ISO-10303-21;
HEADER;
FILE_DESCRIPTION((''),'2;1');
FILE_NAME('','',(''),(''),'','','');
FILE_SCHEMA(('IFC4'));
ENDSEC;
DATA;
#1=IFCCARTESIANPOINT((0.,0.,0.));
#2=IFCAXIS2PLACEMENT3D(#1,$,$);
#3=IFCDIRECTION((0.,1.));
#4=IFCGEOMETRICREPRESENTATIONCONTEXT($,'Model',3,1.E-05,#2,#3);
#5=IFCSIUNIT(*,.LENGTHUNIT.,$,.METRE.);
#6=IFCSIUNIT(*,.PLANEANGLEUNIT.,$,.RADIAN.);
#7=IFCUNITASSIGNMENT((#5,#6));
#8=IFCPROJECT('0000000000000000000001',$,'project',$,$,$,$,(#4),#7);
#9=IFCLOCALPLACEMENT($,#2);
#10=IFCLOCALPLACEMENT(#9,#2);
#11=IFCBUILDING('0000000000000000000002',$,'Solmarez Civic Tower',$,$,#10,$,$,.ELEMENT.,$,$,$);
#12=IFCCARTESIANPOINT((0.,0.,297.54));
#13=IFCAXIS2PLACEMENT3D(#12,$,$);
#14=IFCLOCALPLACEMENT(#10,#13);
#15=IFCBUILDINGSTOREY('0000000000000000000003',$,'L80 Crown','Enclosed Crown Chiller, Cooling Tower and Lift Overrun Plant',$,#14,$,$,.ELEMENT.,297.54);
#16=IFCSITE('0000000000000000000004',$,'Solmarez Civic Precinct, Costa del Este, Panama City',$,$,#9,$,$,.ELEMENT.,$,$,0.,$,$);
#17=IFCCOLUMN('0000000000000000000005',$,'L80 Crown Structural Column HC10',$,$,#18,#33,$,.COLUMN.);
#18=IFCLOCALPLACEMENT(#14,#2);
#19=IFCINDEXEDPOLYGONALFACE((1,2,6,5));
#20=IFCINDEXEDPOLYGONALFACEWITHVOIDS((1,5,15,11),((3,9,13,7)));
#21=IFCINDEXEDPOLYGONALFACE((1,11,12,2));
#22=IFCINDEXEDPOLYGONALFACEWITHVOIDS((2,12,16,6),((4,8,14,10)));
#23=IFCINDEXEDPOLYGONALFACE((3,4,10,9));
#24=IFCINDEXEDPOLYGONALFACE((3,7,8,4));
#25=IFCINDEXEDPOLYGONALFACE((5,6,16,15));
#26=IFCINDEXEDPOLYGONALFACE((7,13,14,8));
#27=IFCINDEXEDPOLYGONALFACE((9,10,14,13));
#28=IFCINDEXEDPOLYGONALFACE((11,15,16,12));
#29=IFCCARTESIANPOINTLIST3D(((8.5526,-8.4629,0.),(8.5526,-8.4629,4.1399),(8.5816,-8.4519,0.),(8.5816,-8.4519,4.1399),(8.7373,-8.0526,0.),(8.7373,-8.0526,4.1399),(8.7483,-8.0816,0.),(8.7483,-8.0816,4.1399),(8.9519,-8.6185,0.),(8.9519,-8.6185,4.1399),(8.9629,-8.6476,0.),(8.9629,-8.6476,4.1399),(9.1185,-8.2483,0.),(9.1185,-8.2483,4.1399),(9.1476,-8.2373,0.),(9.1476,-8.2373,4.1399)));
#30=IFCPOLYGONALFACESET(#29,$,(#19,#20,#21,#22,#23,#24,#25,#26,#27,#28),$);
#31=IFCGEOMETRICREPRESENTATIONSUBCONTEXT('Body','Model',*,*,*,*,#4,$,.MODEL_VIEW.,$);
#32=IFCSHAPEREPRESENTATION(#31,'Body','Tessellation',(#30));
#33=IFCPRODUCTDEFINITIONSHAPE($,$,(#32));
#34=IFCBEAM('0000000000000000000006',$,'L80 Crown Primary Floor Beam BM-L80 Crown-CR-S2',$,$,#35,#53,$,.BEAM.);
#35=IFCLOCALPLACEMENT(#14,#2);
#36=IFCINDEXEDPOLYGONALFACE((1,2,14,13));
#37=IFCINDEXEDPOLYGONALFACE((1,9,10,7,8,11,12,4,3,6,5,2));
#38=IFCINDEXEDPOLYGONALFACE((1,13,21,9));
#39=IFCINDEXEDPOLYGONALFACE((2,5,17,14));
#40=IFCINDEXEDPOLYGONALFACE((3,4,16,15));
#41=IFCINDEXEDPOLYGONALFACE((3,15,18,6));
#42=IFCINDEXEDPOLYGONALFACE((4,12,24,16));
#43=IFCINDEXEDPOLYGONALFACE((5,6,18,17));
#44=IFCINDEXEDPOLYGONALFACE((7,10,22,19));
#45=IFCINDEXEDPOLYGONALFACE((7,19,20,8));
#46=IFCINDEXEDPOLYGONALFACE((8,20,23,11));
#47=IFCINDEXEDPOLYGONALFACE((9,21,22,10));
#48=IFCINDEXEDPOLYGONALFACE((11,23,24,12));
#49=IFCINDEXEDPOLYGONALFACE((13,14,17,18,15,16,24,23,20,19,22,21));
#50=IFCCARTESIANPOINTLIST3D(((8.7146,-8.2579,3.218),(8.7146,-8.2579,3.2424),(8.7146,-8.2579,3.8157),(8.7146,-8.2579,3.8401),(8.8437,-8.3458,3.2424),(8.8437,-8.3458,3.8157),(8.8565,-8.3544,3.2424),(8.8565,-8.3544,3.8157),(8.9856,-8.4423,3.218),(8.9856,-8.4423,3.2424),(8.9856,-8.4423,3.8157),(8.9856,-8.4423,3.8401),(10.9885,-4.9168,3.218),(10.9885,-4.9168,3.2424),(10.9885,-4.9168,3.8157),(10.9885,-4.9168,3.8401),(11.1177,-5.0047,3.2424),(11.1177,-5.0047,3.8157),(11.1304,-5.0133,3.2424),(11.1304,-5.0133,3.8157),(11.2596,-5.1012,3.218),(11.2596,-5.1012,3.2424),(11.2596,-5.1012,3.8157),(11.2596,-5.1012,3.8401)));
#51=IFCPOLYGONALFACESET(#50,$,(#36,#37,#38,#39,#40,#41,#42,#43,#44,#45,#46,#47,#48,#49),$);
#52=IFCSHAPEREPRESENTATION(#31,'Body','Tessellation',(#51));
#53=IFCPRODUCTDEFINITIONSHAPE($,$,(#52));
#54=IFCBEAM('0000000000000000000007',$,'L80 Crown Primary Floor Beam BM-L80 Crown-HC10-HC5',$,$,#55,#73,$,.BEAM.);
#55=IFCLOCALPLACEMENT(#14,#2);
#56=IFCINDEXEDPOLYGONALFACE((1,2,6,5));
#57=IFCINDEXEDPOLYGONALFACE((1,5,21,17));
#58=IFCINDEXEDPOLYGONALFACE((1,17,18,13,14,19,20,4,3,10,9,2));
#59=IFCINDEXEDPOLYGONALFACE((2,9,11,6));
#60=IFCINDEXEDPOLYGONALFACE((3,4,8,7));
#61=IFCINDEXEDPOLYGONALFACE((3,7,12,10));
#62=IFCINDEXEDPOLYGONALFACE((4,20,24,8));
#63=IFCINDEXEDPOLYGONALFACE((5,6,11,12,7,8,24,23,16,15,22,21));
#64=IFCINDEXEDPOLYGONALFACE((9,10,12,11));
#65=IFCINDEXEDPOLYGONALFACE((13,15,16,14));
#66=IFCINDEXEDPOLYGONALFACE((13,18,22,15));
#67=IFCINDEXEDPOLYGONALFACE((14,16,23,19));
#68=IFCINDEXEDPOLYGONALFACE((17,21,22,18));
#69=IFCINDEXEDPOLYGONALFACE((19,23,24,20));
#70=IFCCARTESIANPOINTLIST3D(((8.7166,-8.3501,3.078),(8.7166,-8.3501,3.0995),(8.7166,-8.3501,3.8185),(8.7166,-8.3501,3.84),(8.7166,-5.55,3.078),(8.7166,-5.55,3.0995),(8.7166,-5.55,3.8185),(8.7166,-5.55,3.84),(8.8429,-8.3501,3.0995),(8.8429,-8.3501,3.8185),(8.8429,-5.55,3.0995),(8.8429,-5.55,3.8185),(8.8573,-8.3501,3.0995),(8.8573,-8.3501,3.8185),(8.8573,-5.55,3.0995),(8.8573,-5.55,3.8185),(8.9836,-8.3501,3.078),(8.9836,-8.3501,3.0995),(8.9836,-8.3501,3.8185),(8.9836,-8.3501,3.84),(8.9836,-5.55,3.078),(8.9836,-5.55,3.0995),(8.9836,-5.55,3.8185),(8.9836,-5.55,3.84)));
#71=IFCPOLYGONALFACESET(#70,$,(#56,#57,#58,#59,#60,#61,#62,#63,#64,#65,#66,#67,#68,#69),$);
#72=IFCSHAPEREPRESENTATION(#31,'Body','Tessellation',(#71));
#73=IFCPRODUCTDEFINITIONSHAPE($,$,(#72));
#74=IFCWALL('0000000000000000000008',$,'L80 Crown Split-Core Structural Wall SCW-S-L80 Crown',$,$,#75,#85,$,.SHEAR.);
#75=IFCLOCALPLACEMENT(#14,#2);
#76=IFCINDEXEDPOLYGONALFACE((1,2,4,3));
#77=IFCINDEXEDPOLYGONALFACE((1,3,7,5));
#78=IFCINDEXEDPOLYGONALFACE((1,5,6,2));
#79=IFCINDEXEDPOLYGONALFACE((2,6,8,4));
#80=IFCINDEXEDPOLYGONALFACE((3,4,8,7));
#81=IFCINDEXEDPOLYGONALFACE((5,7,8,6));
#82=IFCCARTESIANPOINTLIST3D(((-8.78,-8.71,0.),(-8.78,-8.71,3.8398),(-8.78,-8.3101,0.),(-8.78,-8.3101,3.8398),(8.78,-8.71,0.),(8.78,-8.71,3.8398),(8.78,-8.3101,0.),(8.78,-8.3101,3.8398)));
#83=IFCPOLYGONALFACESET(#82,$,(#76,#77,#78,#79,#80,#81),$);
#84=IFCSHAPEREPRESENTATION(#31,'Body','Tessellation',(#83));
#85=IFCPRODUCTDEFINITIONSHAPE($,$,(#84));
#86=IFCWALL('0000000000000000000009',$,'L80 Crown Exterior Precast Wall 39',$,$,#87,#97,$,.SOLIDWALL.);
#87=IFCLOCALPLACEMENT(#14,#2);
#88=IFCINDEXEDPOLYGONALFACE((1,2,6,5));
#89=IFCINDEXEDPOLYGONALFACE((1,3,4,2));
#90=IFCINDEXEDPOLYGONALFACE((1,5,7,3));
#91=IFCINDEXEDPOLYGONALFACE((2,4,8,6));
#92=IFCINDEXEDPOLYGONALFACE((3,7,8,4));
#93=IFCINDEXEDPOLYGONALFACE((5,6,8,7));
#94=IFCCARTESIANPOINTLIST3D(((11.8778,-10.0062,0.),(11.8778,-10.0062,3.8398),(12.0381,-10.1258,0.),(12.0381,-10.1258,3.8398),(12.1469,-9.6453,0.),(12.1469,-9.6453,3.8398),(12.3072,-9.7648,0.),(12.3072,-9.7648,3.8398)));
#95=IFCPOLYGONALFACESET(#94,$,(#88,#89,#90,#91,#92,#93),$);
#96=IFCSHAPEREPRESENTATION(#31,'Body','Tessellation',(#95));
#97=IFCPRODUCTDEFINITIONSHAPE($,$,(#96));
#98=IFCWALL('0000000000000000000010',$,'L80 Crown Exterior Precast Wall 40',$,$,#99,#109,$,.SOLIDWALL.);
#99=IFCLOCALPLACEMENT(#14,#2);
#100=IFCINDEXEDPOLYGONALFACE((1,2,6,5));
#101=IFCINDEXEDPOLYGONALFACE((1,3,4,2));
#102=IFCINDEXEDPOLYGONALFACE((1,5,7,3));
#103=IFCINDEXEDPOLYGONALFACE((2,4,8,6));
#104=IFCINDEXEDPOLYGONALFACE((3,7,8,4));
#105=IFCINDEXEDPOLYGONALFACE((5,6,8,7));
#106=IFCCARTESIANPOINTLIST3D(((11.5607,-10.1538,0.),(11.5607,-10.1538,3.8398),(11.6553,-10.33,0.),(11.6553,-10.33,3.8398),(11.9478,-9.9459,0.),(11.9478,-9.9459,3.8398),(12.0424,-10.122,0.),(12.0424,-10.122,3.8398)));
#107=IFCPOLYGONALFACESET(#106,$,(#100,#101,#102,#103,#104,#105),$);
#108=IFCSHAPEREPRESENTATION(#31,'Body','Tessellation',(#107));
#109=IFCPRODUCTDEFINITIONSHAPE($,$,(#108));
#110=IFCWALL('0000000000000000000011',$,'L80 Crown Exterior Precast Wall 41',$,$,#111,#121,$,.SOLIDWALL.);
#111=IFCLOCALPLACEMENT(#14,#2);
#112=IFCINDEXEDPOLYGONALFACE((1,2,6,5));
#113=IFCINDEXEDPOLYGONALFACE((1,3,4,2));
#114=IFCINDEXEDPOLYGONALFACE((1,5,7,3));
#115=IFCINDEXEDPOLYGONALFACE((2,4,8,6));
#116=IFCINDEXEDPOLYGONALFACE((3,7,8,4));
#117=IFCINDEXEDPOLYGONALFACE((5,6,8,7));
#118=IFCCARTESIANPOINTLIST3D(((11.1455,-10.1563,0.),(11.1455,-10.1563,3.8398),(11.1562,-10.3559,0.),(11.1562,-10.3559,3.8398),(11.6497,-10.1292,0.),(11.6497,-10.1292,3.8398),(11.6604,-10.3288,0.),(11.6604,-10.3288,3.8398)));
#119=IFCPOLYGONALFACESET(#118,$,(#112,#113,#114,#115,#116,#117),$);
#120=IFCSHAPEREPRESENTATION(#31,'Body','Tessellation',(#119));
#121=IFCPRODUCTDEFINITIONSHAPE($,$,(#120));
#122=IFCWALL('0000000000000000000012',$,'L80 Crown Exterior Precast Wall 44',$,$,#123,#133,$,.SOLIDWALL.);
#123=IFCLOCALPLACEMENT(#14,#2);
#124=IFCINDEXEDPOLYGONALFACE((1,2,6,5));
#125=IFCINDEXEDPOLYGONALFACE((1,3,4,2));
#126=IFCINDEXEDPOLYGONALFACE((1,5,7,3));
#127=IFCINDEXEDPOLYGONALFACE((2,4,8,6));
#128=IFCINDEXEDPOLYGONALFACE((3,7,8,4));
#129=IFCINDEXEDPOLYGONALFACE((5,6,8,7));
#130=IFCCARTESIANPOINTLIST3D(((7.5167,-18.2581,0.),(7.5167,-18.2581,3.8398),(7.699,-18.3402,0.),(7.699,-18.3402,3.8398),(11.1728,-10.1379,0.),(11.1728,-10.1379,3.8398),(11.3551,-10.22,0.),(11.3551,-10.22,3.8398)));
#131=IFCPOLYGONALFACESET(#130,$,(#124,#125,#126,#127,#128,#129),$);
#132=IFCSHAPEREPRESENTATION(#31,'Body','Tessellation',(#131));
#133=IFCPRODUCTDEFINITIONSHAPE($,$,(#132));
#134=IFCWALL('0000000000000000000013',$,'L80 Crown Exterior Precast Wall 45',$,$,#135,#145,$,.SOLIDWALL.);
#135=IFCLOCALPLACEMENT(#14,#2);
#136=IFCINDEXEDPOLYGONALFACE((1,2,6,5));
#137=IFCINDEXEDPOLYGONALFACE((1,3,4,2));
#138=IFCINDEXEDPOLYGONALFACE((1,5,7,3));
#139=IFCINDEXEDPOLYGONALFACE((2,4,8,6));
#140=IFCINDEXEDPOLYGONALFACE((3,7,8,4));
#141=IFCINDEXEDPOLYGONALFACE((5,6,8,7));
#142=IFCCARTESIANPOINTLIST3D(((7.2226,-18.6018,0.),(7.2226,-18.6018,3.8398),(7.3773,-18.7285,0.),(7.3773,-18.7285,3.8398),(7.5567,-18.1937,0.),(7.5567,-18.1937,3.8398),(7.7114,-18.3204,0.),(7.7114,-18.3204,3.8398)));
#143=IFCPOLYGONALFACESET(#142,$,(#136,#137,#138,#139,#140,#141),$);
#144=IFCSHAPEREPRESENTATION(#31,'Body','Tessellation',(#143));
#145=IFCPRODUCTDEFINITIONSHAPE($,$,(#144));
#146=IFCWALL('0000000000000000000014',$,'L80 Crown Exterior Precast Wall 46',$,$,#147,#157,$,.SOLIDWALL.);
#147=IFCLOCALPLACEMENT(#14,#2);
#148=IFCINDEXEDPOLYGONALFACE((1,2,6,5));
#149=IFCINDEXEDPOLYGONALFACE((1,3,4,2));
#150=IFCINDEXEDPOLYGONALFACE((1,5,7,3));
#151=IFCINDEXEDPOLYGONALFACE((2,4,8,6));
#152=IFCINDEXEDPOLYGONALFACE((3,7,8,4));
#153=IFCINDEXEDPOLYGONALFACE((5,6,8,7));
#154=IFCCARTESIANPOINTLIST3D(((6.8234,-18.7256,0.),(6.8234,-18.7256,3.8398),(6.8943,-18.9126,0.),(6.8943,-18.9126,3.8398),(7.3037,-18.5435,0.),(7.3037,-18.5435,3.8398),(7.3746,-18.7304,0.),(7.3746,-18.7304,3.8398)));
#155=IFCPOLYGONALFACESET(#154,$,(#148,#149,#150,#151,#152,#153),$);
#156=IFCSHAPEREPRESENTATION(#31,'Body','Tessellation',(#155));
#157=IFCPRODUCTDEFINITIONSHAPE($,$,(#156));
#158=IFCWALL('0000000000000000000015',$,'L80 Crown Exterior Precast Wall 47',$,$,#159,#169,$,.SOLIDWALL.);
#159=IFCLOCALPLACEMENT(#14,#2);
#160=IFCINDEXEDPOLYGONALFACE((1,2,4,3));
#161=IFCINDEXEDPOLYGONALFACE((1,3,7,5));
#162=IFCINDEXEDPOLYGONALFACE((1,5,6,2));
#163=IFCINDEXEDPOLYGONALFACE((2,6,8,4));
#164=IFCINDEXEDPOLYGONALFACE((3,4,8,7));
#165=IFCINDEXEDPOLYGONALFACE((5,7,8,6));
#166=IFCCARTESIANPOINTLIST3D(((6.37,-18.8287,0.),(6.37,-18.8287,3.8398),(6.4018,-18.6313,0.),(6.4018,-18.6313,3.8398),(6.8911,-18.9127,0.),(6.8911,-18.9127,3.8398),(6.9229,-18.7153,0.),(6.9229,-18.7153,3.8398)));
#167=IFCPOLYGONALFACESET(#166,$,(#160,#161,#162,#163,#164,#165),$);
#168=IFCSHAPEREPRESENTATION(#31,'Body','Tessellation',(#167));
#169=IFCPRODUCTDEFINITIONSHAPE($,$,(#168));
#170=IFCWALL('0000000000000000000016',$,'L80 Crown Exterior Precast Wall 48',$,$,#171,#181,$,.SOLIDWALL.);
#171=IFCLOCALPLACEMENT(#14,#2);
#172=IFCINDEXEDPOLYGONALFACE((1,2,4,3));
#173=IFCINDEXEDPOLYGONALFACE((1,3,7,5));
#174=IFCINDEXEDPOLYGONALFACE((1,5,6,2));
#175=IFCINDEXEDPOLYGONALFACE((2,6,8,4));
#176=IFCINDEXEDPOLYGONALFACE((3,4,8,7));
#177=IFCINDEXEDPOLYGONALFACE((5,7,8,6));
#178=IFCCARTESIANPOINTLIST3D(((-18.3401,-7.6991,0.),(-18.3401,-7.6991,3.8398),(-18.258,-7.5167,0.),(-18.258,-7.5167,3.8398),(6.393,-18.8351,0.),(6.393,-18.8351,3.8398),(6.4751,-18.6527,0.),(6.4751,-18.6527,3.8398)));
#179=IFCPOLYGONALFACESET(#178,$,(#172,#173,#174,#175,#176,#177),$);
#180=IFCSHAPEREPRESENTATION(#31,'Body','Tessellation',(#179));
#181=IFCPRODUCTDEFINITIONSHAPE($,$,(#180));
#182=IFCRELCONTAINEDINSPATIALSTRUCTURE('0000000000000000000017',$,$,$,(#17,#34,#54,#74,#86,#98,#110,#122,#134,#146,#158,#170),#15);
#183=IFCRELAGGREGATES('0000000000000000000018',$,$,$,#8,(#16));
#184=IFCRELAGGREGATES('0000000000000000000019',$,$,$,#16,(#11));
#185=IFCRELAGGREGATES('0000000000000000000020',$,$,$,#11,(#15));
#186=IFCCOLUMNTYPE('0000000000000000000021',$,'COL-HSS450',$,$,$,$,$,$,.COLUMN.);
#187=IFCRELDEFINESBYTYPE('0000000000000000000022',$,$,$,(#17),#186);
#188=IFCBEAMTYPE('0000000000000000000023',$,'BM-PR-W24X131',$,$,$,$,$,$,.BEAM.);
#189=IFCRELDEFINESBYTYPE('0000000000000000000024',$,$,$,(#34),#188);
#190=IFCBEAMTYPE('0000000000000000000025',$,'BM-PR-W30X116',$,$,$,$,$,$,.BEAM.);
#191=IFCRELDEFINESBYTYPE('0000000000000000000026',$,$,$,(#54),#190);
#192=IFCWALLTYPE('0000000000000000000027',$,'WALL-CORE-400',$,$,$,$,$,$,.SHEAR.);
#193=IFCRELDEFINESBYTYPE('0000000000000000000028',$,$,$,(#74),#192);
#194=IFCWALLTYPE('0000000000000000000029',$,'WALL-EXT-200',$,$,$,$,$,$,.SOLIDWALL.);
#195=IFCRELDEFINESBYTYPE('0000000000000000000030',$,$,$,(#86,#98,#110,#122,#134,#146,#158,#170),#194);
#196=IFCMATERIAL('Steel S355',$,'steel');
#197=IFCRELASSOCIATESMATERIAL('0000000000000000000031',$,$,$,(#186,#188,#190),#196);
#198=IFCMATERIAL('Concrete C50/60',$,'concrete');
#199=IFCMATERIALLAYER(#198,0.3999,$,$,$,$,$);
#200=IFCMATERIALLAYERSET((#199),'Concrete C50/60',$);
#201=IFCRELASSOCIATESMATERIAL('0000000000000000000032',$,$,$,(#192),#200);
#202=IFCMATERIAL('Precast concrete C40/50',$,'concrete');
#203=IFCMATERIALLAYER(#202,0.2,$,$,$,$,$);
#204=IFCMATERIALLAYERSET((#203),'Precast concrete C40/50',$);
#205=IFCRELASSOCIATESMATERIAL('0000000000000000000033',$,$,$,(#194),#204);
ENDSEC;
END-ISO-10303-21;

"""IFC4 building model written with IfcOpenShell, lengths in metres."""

from ifc_helpers import new_model, si_unit, direction, frame, frame_2d, origin, origin_2d, place, context, subcontext, project, spatial, rectangle, hollow_rectangle, i_section, extrude, material, layer, layer_set, material_profile, profile_set, type_object, element, save


model = new_model("IFC4")

# Units and contexts
model_context = context("Model", 3, precision=1e-05, world=origin(), true_north=direction((0.0, 1.0)))
body_context = subcontext(model_context, "Body", "Model", "MODEL_VIEW")
ifc_project = project(units=[si_unit("LENGTHUNIT", "METRE"), si_unit("PLANEANGLEUNIT", "RADIAN")], contexts=[model_context])

# Site, building, storey
site_placement = place(None, origin())
site = spatial("IfcSite", under=ifc_project, at=site_placement, Name="Solmarez Civic Precinct, Costa del Este, Panama City", CompositionType="ELEMENT", RefElevation=0.0)
building_placement = place(site_placement, origin())
building = spatial("IfcBuilding", under=site, at=building_placement, Name="Solmarez Civic Tower", CompositionType="ELEMENT")
storey_placement = place(building_placement, frame((0.0, 0.0, 297.54)))
storey = spatial("IfcBuildingStorey", under=building, at=storey_placement, Name="L80 Crown", Description="Enclosed Crown Chiller, Cooling Tower and Lift Overrun Plant", CompositionType="ELEMENT", Elevation=297.54)

# Column
ifc_material_1 = material(Name="Steel S355", Category="steel")
ifc_material_profile_1 = material_profile(ifc_material_1, hollow_rectangle(XDim=0.45, YDim=0.45, WallThickness=0.022, at=origin_2d()), Name="HSS450X450X22")
ifc_profile_set_1 = profile_set([ifc_material_profile_1], Name="Steel S355")
column_type = type_object("IfcColumnType", Name="COL-HSS450", PredefinedType="COLUMN", material=ifc_profile_set_1)
column_placement = place(storey_placement, frame((8.8501, -8.3501, 0.0), z_axis=(0.0, 0.0, 1.0), x_axis=(0.41056, 0.911834, 0.0)))
element("IfcColumn", 1, at=column_placement, inside=storey, type_object=column_type, Name="L80 Crown Structural Column HC10", PredefinedType="COLUMN", context=body_context, shape_type="SweptSolid", body=[
    extrude(hollow_rectangle(XDim=0.45, YDim=0.45, WallThickness=0.022, at=origin_2d()), origin(), (0.0, 0.0, 1.0), 4.1399),
])

# Beams
ifc_material_profile_2 = material_profile(ifc_material_1, i_section(OverallWidth=0.3279, OverallDepth=0.6221, WebThickness=0.0154, FlangeThickness=0.0244, at=origin_2d()), Name="W24X131")
ifc_profile_set_2 = profile_set([ifc_material_profile_2], Name="Steel S355")
beam_type_1 = type_object("IfcBeamType", Name="BM-PR-W24X131", PredefinedType="BEAM", material=ifc_profile_set_2)
beam_1_placement = place(storey_placement, frame((8.8501, -8.3501, 3.5291), z_axis=(0.562649, 0.826696, 0.0), x_axis=(-0.826696, 0.562649, 0.0)))
element("IfcBeam", 2, at=beam_1_placement, inside=storey, type_object=beam_type_1, Name="L80 Crown Primary Floor Beam BM-L80 Crown-CR-S2", PredefinedType="BEAM", context=body_context, shape_type="SweptSolid", body=[
    extrude(i_section(OverallWidth=0.3279, OverallDepth=0.6221, WebThickness=0.0154, FlangeThickness=0.0244, at=origin_2d()), origin(), (0.0, 0.0, 1.0), 4.0415),
])
ifc_material_profile_3 = material_profile(ifc_material_1, i_section(OverallWidth=0.2671, OverallDepth=0.762, WebThickness=0.0144, FlangeThickness=0.0215, at=origin_2d()), Name="W30X116")
ifc_profile_set_3 = profile_set([ifc_material_profile_3], Name="Steel S355")
beam_type_2 = type_object("IfcBeamType", Name="BM-PR-W30X116", PredefinedType="BEAM", material=ifc_profile_set_3)
beam_2_placement = place(storey_placement, frame((8.8501, -8.3501, 3.459), z_axis=(0.0, 1.0, 0.0), x_axis=(-1.0, 0.0, 0.0)))
element("IfcBeam", 3, at=beam_2_placement, inside=storey, type_object=beam_type_2, Name="L80 Crown Primary Floor Beam BM-L80 Crown-HC10-HC5", PredefinedType="BEAM", context=body_context, shape_type="SweptSolid", body=[
    extrude(i_section(OverallWidth=0.2671, OverallDepth=0.762, WebThickness=0.0144, FlangeThickness=0.0215, at=origin_2d()), origin(), (0.0, 0.0, 1.0), 2.8),
])

# Walls
ifc_material_2 = material(Name="Concrete C50/60", Category="concrete")
ifc_layer_1 = layer(ifc_material_2, 0.3999)
ifc_layer_set_1 = layer_set([ifc_layer_1], Name="Concrete C50/60")
wall_type_1 = type_object("IfcWallType", Name="WALL-CORE-400", PredefinedType="SHEAR", material=ifc_layer_set_1)
wall_1_placement = place(storey_placement, frame((8.78, -8.51, 0.0), z_axis=(0.0, 0.0, 1.0), x_axis=(-1.0, 0.0, 0.0)))
element("IfcWall", 4, at=wall_1_placement, inside=storey, type_object=wall_type_1, Name="L80 Crown Split-Core Structural Wall SCW-S-L80 Crown", PredefinedType="SHEAR", context=body_context, shape_type="SweptSolid", body=[
    extrude(rectangle(XDim=17.5601, YDim=0.3999, at=frame_2d((8.78, 0.0))), origin(), (0.0, 0.0, 1.0), 3.8398),
])
ifc_material_3 = material(Name="Precast concrete C40/50", Category="concrete")
ifc_layer_2 = layer(ifc_material_3, 0.2)
ifc_layer_set_2 = layer_set([ifc_layer_2], Name="Precast concrete C40/50")
wall_type_2 = type_object("IfcWallType", Name="WALL-EXT-200", PredefinedType="SOLIDWALL", material=ifc_layer_set_2)
wall_2_placement = place(storey_placement, frame((12.2271, -9.7051, 0.0), z_axis=(0.0, 0.0, 1.0), x_axis=(-0.597741, -0.801689, 0.0)))
element("IfcWall", 5, at=wall_2_placement, inside=storey, type_object=wall_type_2, Name="L80 Crown Exterior Precast Wall 39", PredefinedType="SOLIDWALL", context=body_context, shape_type="SweptSolid", body=[
    extrude(rectangle(XDim=0.4502, YDim=0.2, at=frame_2d((0.2251, 0.0))), origin(), (0.0, 0.0, 1.0), 3.8398),
])
wall_3_placement = place(storey_placement, frame((11.9951, -10.0339, 0.0), z_axis=(0.0, 0.0, 1.0), x_axis=(-0.880934, -0.473238, 0.0)))
element("IfcWall", 6, at=wall_3_placement, inside=storey, type_object=wall_type_2, Name="L80 Crown Exterior Precast Wall 40", PredefinedType="SOLIDWALL", context=body_context, shape_type="SweptSolid", body=[
    extrude(rectangle(XDim=0.4395, YDim=0.2, at=frame_2d((0.2197, 0.0))), origin(), (0.0, 0.0, 1.0), 3.8398),
])
wall_4_placement = place(storey_placement, frame((11.655, -10.229, 0.0), z_axis=(0.0, 0.0, 1.0), x_axis=(-0.998558, -0.053676, 0.0)))
element("IfcWall", 7, at=wall_4_placement, inside=storey, type_object=wall_type_2, Name="L80 Crown Exterior Precast Wall 41", PredefinedType="SOLIDWALL", context=body_context, shape_type="SweptSolid", body=[
    extrude(rectangle(XDim=0.5049, YDim=0.2, at=frame_2d((0.2524, 0.0))), origin(), (0.0, 0.0, 1.0), 3.8398),
])
wall_5_placement = place(storey_placement, frame((11.2639, -10.179, 0.0), z_axis=(0.0, 0.0, 1.0), x_axis=(-0.410547, -0.911839, 0.0)))
element("IfcWall", 8, at=wall_5_placement, inside=storey, type_object=wall_type_2, Name="L80 Crown Exterior Precast Wall 44", PredefinedType="SOLIDWALL", context=body_context, shape_type="SweptSolid", body=[
    extrude(rectangle(XDim=8.9053, YDim=0.2, at=frame_2d((4.4526, 0.0))), origin(), (0.0, 0.0, 1.0), 3.8398),
])
wall_6_placement = place(storey_placement, frame((7.634, -18.2571, 0.0), z_axis=(0.0, 0.0, 1.0), x_axis=(-0.633465, -0.773772, 0.0)))
element("IfcWall", 9, at=wall_6_placement, inside=storey, type_object=wall_type_2, Name="L80 Crown Exterior Precast Wall 45", PredefinedType="SOLIDWALL", context=body_context, shape_type="SweptSolid", body=[
    extrude(rectangle(XDim=0.5273, YDim=0.2, at=frame_2d((0.2637, 0.0))), origin(), (0.0, 0.0, 1.0), 3.8398),
])
wall_7_placement = place(storey_placement, frame((7.3391, -18.637, 0.0), z_axis=(0.0, 0.0, 1.0), x_axis=(-0.935014, -0.354611, 0.0)))
element("IfcWall", 10, at=wall_7_placement, inside=storey, type_object=wall_type_2, Name="L80 Crown Exterior Precast Wall 46", PredefinedType="SOLIDWALL", context=body_context, shape_type="SweptSolid", body=[
    extrude(rectangle(XDim=0.5137, YDim=0.2, at=frame_2d((0.2568, 0.0))), origin(), (0.0, 0.0, 1.0), 3.8398),
])
wall_8_placement = place(storey_placement, frame((6.907, -18.814, 0.0), z_axis=(0.0, 0.0, 1.0), x_axis=(-0.987255, 0.159145, 0.0)))
element("IfcWall", 11, at=wall_8_placement, inside=storey, type_object=wall_type_2, Name="L80 Crown Exterior Precast Wall 47", PredefinedType="SOLIDWALL", context=body_context, shape_type="SweptSolid", body=[
    extrude(rectangle(XDim=0.5278, YDim=0.2, at=frame_2d((0.2639, 0.0))), origin(), (0.0, 0.0, 1.0), 3.8398),
])
wall_9_placement = place(storey_placement, frame((6.4341, -18.7439, 0.0), z_axis=(0.0, 0.0, 1.0), x_axis=(-0.911838, 0.410551, 0.0)))
element("IfcWall", 12, at=wall_9_placement, inside=storey, type_object=wall_type_2, Name="L80 Crown Exterior Precast Wall 48", PredefinedType="SOLIDWALL", context=body_context, shape_type="SweptSolid", body=[
    extrude(rectangle(XDim=27.1245, YDim=0.2, at=frame_2d((13.5623, 0.0))), origin(), (0.0, 0.0, 1.0), 3.8398),
])

save(model, "model.ifc")
